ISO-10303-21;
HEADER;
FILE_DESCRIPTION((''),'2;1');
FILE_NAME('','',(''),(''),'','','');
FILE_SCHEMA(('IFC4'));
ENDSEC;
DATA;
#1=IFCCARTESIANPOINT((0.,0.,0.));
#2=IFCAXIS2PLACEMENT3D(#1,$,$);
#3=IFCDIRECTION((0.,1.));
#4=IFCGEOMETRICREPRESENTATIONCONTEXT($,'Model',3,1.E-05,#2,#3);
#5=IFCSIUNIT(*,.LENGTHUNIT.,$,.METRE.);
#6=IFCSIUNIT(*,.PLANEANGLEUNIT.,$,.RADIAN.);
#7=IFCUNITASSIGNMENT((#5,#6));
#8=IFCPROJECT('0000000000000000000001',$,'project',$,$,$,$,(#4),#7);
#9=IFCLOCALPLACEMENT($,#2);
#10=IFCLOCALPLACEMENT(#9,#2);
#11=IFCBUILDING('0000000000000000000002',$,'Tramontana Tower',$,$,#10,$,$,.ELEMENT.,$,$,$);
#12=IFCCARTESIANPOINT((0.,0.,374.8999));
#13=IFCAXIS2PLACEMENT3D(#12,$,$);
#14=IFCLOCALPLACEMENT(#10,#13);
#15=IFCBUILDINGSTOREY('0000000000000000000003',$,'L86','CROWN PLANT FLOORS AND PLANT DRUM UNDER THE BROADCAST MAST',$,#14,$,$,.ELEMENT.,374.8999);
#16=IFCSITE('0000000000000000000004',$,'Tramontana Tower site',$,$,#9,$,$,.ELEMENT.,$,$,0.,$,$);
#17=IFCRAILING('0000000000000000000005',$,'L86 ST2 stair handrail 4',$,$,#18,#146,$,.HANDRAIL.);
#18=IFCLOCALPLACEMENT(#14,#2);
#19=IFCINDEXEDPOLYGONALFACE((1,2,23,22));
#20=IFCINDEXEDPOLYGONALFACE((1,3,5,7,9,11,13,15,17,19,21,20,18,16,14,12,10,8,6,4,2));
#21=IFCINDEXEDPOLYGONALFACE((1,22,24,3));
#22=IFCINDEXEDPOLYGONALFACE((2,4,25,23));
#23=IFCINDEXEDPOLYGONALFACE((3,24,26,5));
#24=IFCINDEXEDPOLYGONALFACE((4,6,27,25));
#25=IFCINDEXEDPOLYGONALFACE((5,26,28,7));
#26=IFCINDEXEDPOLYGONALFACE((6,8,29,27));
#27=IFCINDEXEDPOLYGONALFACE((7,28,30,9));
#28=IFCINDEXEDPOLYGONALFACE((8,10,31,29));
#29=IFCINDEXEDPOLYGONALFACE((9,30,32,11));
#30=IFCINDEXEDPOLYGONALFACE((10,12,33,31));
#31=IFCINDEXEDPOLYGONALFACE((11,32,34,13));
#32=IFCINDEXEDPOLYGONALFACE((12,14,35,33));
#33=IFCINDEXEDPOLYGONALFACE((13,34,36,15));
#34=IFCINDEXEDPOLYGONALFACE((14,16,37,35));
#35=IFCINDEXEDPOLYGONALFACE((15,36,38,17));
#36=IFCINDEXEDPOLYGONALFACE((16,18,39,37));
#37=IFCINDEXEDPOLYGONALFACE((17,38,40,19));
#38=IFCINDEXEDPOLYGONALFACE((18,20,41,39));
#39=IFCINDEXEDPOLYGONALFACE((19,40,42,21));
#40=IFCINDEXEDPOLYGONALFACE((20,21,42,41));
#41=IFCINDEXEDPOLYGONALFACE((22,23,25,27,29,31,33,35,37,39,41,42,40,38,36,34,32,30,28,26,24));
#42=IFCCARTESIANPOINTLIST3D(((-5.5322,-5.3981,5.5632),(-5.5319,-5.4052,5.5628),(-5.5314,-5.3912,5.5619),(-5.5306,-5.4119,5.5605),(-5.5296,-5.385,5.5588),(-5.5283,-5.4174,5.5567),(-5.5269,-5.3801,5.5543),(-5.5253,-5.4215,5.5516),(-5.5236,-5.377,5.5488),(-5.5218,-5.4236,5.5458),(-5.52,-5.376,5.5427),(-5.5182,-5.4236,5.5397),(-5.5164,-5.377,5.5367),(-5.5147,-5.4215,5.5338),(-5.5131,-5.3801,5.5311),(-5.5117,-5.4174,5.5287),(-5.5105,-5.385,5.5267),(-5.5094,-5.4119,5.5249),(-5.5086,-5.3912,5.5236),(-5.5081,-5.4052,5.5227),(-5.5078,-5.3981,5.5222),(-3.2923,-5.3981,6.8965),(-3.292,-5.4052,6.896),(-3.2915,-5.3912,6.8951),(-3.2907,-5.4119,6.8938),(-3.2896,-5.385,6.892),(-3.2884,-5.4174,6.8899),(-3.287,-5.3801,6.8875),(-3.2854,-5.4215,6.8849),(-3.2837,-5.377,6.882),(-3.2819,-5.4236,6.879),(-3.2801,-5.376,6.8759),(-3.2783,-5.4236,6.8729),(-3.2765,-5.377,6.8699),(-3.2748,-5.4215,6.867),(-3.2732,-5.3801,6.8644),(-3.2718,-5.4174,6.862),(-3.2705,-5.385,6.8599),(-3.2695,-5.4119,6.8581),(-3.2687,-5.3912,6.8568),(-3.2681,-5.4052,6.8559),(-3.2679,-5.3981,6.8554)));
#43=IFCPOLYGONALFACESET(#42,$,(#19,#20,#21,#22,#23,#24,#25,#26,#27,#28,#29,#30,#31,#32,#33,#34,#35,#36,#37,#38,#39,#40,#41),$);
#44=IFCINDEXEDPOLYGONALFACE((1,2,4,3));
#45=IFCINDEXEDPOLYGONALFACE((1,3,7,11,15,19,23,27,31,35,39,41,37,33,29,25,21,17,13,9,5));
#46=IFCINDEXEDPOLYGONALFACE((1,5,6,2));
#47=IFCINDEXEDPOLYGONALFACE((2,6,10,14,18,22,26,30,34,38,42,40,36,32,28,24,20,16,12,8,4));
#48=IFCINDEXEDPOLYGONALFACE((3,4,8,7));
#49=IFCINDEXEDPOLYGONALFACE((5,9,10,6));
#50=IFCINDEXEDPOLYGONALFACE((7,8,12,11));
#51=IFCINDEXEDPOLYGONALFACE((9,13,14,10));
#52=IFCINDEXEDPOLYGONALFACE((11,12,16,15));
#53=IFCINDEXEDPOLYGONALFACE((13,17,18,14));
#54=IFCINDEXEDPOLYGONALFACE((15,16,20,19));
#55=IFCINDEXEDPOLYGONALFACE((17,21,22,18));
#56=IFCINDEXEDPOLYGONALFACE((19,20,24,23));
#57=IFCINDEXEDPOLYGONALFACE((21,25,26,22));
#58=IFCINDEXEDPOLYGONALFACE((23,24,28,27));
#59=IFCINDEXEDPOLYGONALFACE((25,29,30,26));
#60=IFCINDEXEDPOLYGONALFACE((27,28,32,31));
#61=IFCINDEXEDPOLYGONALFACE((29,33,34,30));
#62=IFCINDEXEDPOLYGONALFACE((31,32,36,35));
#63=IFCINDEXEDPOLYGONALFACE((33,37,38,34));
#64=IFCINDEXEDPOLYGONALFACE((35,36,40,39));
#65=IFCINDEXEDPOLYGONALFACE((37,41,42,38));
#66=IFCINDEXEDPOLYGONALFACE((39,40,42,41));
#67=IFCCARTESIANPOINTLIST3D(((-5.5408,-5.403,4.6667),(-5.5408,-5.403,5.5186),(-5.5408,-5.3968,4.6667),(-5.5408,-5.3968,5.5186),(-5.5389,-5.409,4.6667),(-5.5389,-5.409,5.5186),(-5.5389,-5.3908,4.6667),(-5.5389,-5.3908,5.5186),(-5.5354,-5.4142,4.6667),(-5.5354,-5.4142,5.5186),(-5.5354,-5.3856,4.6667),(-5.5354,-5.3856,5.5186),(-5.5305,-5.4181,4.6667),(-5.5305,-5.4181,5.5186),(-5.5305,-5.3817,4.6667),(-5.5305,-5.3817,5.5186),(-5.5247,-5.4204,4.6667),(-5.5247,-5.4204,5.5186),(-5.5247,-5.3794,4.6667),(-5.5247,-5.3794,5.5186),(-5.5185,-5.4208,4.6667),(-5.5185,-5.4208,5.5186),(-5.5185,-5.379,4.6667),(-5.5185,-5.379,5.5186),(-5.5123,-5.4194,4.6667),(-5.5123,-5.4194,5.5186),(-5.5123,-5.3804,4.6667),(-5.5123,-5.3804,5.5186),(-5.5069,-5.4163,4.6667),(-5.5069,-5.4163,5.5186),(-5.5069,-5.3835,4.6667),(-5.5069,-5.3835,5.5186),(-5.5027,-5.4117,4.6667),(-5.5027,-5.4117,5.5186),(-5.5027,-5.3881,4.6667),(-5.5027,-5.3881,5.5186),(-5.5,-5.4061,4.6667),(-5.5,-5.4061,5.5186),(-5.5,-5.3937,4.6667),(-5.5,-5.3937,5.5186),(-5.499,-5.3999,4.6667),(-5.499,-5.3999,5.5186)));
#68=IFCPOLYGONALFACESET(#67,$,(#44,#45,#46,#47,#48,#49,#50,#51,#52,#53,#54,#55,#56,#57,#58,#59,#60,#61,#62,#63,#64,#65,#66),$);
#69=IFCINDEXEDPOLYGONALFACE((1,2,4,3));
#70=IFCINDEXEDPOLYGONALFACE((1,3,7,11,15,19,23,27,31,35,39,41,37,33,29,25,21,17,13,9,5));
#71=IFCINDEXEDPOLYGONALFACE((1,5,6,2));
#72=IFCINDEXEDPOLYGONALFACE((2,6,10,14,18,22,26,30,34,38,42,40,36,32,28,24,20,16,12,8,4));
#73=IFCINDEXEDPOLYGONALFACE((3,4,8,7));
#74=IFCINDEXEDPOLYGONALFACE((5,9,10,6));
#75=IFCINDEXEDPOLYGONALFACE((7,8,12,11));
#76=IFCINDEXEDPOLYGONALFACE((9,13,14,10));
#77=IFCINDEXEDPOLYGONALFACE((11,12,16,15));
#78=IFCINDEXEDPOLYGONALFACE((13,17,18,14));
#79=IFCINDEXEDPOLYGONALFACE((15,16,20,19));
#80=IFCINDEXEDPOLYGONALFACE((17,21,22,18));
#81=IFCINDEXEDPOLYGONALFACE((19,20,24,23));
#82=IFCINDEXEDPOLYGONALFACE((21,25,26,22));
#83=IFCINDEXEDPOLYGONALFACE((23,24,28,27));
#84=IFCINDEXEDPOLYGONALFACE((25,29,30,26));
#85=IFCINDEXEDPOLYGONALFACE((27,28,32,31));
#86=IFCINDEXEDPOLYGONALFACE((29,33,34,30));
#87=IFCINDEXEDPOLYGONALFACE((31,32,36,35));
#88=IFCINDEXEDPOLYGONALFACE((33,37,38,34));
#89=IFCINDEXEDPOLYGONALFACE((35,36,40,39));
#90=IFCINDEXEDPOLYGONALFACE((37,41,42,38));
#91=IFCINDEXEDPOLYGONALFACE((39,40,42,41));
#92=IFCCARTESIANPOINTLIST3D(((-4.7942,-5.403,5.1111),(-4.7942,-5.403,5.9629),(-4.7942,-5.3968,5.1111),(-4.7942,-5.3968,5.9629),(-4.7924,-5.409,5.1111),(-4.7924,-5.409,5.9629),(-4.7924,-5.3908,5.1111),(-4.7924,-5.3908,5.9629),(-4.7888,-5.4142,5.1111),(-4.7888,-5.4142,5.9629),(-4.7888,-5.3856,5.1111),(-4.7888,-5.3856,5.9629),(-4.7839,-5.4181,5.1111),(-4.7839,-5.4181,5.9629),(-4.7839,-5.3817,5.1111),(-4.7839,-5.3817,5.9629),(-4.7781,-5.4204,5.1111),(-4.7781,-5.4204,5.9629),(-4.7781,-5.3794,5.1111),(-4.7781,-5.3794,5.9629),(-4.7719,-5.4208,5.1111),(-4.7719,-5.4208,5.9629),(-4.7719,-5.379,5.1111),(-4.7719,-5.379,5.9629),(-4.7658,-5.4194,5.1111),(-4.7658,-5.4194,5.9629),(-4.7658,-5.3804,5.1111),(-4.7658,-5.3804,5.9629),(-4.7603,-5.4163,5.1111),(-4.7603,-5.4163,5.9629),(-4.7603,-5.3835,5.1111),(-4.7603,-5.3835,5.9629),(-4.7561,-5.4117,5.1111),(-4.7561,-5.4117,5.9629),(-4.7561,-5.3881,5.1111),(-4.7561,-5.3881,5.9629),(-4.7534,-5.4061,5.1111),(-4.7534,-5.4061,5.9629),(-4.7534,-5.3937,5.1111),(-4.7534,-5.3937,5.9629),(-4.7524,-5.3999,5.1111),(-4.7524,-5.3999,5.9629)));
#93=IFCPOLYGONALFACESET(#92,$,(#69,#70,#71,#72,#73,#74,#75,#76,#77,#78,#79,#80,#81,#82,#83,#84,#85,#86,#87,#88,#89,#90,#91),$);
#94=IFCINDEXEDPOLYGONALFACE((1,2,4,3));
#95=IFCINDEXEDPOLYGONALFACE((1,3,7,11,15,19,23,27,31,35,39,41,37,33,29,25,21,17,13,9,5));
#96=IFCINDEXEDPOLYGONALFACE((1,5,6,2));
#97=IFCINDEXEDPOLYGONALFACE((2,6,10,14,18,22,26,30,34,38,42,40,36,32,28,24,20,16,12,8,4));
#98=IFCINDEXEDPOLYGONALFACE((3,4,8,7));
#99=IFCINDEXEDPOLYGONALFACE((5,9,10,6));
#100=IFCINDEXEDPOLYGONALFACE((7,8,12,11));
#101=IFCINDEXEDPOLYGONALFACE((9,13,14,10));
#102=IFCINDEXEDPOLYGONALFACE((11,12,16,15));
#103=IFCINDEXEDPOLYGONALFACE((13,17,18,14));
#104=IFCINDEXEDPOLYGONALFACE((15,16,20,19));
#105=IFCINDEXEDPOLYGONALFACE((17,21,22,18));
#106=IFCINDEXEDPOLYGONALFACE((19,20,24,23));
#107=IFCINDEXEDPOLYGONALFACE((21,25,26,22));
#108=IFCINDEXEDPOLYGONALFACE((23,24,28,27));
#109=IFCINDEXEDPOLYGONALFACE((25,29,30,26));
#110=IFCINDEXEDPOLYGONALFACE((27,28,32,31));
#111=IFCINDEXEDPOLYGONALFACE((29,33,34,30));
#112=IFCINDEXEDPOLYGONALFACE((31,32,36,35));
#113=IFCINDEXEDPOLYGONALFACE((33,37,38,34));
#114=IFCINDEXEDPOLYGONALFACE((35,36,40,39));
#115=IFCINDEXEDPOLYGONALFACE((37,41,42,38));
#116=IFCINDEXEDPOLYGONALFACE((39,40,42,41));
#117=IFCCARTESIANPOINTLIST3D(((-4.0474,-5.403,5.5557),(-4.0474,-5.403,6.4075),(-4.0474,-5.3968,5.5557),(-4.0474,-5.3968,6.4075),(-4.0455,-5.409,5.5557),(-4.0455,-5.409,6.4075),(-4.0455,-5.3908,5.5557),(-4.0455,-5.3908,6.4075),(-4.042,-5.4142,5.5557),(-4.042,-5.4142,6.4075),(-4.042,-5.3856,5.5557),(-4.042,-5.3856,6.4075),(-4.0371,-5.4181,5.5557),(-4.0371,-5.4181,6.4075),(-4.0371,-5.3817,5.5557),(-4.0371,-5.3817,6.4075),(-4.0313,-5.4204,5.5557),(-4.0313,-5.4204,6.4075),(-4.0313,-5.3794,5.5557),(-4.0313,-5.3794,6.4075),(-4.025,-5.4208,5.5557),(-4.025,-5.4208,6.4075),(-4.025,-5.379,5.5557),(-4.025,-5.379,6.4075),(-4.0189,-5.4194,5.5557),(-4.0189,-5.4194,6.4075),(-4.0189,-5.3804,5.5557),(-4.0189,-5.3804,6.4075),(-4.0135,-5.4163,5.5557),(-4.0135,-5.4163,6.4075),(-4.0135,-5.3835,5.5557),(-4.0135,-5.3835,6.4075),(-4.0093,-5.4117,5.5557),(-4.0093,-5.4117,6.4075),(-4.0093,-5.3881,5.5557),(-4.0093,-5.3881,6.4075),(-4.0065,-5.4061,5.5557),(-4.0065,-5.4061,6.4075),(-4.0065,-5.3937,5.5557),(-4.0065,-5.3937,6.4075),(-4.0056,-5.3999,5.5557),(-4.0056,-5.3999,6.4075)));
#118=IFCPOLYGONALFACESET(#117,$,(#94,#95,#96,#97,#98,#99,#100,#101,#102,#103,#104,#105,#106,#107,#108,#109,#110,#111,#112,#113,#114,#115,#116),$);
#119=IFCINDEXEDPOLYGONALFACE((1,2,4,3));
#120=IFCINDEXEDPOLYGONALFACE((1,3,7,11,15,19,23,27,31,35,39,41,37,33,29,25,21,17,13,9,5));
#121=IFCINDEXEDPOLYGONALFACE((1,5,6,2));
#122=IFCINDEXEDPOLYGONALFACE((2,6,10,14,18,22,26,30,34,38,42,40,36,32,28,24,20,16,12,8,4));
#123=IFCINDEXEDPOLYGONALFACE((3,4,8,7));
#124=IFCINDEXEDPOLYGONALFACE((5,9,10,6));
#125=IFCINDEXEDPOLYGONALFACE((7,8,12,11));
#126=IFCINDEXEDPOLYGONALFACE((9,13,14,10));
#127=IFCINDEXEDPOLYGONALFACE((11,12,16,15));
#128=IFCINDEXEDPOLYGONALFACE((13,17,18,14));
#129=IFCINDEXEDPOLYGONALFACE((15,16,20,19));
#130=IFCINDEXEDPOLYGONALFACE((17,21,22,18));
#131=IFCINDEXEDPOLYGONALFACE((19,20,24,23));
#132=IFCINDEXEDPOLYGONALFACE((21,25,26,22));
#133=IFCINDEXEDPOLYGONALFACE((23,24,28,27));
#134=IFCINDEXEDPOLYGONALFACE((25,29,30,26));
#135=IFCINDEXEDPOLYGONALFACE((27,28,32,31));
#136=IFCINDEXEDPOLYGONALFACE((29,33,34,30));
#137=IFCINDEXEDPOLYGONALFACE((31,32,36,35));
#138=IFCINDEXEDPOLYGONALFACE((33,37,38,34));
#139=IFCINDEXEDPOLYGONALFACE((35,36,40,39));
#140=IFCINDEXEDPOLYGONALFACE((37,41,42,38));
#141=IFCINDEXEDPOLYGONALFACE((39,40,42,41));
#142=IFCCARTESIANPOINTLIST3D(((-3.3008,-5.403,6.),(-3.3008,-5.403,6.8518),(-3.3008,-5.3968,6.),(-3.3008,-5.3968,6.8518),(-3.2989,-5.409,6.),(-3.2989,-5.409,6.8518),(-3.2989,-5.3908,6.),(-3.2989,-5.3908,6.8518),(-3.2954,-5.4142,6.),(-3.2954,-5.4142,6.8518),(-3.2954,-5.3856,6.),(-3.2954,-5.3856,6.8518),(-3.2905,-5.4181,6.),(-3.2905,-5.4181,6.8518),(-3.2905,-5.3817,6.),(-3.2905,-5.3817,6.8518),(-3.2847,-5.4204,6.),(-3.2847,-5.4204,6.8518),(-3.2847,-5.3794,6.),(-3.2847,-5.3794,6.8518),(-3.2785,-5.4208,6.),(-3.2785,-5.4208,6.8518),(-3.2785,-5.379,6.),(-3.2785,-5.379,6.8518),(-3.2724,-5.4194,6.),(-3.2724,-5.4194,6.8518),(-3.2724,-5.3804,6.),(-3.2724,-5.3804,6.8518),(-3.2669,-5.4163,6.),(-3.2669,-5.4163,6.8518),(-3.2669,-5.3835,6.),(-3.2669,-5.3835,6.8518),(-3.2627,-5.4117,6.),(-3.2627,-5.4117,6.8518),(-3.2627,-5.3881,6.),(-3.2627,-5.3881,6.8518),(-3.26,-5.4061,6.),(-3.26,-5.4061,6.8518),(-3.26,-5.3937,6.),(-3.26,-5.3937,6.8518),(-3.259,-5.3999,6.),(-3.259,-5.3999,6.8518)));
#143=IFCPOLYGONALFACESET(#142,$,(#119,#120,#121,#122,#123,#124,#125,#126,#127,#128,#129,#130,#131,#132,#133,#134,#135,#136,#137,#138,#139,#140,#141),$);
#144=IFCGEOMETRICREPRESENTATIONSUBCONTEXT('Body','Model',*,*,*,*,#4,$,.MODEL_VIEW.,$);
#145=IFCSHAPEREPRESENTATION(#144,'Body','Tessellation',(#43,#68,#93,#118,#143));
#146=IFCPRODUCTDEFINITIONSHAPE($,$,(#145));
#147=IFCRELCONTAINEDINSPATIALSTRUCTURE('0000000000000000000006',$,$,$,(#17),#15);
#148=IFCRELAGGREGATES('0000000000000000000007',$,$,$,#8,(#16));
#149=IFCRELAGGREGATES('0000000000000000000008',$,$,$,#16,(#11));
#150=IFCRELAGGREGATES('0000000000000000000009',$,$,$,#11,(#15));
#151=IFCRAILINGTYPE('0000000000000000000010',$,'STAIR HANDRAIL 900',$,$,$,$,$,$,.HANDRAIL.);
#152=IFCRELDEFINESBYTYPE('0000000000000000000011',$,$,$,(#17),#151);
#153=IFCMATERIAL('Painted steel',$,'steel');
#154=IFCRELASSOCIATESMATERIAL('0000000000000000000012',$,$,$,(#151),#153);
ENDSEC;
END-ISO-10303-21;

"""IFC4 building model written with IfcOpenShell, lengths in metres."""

from ifc_helpers import new_model, si_unit, direction, frame, origin, origin_2d, place, context, subcontext, project, spatial, circle, extrude, material, type_object, element, save


model = new_model("IFC4")

# Units and contexts
model_context = context("Model", 3, precision=1e-05, world=origin(), true_north=direction((0.0, 1.0)))
body_context = subcontext(model_context, "Body", "Model", "MODEL_VIEW")
ifc_project = project(units=[si_unit("LENGTHUNIT", "METRE"), si_unit("PLANEANGLEUNIT", "RADIAN")], contexts=[model_context])

# Site, building, storey
site_placement = place(None, origin())
site = spatial("IfcSite", under=ifc_project, at=site_placement, Name="Tramontana Tower site", CompositionType="ELEMENT", RefElevation=0.0)
building_placement = place(site_placement, origin())
building = spatial("IfcBuilding", under=site, at=building_placement, Name="Tramontana Tower", CompositionType="ELEMENT")
storey_placement = place(building_placement, frame((0.0, 0.0, 374.8999)))
storey = spatial("IfcBuildingStorey", under=building, at=storey_placement, Name="L86", Description="CROWN PLANT FLOORS AND PLANT DRUM UNDER THE BROADCAST MAST", CompositionType="ELEMENT", Elevation=374.8999)

# Railing
ifc_material_1 = material(Name="Painted steel", Category="steel")
railing_type_1 = type_object("IfcRailingType", Name="STAIR HANDRAIL 900", PredefinedType="HANDRAIL", material=ifc_material_1)
for number, where, name in (
    (1, (-5.52, -5.3999, 4.6667), "L86 ST2 stair handrail 4"),
):
    element("IfcRailing", number, at=place(storey_placement, frame(where)), inside=storey, type_object=railing_type_1, Name=name, PredefinedType="HANDRAIL", context=body_context, shape_type="SweptSolid", body=[
        extrude(circle(Radius=0.0239, at=origin_2d()), frame((0.0, 0.0, 0.876), z_axis=(0.859306, 0.0, 0.511462), x_axis=(0.0, 1.0, 0.0)), (0.0, 0.0, 1.0), 2.6067),
        extrude(circle(Radius=0.021, at=origin_2d()), origin(), (0.0, 0.0, 1.0), 0.8518),
        extrude(circle(Radius=0.021, at=origin_2d()), frame((0.7466, 0.0, 0.4443)), (0.0, 0.0, 1.0), 0.8518),
        extrude(circle(Radius=0.021, at=origin_2d()), frame((1.4934, 0.0, 0.8889)), (0.0, 0.0, 1.0), 0.8518),
        extrude(circle(Radius=0.021, at=origin_2d()), frame((2.24, 0.0, 1.3333)), (0.0, 0.0, 1.0), 0.8518),
    ])

save(model, "model.ifc")
